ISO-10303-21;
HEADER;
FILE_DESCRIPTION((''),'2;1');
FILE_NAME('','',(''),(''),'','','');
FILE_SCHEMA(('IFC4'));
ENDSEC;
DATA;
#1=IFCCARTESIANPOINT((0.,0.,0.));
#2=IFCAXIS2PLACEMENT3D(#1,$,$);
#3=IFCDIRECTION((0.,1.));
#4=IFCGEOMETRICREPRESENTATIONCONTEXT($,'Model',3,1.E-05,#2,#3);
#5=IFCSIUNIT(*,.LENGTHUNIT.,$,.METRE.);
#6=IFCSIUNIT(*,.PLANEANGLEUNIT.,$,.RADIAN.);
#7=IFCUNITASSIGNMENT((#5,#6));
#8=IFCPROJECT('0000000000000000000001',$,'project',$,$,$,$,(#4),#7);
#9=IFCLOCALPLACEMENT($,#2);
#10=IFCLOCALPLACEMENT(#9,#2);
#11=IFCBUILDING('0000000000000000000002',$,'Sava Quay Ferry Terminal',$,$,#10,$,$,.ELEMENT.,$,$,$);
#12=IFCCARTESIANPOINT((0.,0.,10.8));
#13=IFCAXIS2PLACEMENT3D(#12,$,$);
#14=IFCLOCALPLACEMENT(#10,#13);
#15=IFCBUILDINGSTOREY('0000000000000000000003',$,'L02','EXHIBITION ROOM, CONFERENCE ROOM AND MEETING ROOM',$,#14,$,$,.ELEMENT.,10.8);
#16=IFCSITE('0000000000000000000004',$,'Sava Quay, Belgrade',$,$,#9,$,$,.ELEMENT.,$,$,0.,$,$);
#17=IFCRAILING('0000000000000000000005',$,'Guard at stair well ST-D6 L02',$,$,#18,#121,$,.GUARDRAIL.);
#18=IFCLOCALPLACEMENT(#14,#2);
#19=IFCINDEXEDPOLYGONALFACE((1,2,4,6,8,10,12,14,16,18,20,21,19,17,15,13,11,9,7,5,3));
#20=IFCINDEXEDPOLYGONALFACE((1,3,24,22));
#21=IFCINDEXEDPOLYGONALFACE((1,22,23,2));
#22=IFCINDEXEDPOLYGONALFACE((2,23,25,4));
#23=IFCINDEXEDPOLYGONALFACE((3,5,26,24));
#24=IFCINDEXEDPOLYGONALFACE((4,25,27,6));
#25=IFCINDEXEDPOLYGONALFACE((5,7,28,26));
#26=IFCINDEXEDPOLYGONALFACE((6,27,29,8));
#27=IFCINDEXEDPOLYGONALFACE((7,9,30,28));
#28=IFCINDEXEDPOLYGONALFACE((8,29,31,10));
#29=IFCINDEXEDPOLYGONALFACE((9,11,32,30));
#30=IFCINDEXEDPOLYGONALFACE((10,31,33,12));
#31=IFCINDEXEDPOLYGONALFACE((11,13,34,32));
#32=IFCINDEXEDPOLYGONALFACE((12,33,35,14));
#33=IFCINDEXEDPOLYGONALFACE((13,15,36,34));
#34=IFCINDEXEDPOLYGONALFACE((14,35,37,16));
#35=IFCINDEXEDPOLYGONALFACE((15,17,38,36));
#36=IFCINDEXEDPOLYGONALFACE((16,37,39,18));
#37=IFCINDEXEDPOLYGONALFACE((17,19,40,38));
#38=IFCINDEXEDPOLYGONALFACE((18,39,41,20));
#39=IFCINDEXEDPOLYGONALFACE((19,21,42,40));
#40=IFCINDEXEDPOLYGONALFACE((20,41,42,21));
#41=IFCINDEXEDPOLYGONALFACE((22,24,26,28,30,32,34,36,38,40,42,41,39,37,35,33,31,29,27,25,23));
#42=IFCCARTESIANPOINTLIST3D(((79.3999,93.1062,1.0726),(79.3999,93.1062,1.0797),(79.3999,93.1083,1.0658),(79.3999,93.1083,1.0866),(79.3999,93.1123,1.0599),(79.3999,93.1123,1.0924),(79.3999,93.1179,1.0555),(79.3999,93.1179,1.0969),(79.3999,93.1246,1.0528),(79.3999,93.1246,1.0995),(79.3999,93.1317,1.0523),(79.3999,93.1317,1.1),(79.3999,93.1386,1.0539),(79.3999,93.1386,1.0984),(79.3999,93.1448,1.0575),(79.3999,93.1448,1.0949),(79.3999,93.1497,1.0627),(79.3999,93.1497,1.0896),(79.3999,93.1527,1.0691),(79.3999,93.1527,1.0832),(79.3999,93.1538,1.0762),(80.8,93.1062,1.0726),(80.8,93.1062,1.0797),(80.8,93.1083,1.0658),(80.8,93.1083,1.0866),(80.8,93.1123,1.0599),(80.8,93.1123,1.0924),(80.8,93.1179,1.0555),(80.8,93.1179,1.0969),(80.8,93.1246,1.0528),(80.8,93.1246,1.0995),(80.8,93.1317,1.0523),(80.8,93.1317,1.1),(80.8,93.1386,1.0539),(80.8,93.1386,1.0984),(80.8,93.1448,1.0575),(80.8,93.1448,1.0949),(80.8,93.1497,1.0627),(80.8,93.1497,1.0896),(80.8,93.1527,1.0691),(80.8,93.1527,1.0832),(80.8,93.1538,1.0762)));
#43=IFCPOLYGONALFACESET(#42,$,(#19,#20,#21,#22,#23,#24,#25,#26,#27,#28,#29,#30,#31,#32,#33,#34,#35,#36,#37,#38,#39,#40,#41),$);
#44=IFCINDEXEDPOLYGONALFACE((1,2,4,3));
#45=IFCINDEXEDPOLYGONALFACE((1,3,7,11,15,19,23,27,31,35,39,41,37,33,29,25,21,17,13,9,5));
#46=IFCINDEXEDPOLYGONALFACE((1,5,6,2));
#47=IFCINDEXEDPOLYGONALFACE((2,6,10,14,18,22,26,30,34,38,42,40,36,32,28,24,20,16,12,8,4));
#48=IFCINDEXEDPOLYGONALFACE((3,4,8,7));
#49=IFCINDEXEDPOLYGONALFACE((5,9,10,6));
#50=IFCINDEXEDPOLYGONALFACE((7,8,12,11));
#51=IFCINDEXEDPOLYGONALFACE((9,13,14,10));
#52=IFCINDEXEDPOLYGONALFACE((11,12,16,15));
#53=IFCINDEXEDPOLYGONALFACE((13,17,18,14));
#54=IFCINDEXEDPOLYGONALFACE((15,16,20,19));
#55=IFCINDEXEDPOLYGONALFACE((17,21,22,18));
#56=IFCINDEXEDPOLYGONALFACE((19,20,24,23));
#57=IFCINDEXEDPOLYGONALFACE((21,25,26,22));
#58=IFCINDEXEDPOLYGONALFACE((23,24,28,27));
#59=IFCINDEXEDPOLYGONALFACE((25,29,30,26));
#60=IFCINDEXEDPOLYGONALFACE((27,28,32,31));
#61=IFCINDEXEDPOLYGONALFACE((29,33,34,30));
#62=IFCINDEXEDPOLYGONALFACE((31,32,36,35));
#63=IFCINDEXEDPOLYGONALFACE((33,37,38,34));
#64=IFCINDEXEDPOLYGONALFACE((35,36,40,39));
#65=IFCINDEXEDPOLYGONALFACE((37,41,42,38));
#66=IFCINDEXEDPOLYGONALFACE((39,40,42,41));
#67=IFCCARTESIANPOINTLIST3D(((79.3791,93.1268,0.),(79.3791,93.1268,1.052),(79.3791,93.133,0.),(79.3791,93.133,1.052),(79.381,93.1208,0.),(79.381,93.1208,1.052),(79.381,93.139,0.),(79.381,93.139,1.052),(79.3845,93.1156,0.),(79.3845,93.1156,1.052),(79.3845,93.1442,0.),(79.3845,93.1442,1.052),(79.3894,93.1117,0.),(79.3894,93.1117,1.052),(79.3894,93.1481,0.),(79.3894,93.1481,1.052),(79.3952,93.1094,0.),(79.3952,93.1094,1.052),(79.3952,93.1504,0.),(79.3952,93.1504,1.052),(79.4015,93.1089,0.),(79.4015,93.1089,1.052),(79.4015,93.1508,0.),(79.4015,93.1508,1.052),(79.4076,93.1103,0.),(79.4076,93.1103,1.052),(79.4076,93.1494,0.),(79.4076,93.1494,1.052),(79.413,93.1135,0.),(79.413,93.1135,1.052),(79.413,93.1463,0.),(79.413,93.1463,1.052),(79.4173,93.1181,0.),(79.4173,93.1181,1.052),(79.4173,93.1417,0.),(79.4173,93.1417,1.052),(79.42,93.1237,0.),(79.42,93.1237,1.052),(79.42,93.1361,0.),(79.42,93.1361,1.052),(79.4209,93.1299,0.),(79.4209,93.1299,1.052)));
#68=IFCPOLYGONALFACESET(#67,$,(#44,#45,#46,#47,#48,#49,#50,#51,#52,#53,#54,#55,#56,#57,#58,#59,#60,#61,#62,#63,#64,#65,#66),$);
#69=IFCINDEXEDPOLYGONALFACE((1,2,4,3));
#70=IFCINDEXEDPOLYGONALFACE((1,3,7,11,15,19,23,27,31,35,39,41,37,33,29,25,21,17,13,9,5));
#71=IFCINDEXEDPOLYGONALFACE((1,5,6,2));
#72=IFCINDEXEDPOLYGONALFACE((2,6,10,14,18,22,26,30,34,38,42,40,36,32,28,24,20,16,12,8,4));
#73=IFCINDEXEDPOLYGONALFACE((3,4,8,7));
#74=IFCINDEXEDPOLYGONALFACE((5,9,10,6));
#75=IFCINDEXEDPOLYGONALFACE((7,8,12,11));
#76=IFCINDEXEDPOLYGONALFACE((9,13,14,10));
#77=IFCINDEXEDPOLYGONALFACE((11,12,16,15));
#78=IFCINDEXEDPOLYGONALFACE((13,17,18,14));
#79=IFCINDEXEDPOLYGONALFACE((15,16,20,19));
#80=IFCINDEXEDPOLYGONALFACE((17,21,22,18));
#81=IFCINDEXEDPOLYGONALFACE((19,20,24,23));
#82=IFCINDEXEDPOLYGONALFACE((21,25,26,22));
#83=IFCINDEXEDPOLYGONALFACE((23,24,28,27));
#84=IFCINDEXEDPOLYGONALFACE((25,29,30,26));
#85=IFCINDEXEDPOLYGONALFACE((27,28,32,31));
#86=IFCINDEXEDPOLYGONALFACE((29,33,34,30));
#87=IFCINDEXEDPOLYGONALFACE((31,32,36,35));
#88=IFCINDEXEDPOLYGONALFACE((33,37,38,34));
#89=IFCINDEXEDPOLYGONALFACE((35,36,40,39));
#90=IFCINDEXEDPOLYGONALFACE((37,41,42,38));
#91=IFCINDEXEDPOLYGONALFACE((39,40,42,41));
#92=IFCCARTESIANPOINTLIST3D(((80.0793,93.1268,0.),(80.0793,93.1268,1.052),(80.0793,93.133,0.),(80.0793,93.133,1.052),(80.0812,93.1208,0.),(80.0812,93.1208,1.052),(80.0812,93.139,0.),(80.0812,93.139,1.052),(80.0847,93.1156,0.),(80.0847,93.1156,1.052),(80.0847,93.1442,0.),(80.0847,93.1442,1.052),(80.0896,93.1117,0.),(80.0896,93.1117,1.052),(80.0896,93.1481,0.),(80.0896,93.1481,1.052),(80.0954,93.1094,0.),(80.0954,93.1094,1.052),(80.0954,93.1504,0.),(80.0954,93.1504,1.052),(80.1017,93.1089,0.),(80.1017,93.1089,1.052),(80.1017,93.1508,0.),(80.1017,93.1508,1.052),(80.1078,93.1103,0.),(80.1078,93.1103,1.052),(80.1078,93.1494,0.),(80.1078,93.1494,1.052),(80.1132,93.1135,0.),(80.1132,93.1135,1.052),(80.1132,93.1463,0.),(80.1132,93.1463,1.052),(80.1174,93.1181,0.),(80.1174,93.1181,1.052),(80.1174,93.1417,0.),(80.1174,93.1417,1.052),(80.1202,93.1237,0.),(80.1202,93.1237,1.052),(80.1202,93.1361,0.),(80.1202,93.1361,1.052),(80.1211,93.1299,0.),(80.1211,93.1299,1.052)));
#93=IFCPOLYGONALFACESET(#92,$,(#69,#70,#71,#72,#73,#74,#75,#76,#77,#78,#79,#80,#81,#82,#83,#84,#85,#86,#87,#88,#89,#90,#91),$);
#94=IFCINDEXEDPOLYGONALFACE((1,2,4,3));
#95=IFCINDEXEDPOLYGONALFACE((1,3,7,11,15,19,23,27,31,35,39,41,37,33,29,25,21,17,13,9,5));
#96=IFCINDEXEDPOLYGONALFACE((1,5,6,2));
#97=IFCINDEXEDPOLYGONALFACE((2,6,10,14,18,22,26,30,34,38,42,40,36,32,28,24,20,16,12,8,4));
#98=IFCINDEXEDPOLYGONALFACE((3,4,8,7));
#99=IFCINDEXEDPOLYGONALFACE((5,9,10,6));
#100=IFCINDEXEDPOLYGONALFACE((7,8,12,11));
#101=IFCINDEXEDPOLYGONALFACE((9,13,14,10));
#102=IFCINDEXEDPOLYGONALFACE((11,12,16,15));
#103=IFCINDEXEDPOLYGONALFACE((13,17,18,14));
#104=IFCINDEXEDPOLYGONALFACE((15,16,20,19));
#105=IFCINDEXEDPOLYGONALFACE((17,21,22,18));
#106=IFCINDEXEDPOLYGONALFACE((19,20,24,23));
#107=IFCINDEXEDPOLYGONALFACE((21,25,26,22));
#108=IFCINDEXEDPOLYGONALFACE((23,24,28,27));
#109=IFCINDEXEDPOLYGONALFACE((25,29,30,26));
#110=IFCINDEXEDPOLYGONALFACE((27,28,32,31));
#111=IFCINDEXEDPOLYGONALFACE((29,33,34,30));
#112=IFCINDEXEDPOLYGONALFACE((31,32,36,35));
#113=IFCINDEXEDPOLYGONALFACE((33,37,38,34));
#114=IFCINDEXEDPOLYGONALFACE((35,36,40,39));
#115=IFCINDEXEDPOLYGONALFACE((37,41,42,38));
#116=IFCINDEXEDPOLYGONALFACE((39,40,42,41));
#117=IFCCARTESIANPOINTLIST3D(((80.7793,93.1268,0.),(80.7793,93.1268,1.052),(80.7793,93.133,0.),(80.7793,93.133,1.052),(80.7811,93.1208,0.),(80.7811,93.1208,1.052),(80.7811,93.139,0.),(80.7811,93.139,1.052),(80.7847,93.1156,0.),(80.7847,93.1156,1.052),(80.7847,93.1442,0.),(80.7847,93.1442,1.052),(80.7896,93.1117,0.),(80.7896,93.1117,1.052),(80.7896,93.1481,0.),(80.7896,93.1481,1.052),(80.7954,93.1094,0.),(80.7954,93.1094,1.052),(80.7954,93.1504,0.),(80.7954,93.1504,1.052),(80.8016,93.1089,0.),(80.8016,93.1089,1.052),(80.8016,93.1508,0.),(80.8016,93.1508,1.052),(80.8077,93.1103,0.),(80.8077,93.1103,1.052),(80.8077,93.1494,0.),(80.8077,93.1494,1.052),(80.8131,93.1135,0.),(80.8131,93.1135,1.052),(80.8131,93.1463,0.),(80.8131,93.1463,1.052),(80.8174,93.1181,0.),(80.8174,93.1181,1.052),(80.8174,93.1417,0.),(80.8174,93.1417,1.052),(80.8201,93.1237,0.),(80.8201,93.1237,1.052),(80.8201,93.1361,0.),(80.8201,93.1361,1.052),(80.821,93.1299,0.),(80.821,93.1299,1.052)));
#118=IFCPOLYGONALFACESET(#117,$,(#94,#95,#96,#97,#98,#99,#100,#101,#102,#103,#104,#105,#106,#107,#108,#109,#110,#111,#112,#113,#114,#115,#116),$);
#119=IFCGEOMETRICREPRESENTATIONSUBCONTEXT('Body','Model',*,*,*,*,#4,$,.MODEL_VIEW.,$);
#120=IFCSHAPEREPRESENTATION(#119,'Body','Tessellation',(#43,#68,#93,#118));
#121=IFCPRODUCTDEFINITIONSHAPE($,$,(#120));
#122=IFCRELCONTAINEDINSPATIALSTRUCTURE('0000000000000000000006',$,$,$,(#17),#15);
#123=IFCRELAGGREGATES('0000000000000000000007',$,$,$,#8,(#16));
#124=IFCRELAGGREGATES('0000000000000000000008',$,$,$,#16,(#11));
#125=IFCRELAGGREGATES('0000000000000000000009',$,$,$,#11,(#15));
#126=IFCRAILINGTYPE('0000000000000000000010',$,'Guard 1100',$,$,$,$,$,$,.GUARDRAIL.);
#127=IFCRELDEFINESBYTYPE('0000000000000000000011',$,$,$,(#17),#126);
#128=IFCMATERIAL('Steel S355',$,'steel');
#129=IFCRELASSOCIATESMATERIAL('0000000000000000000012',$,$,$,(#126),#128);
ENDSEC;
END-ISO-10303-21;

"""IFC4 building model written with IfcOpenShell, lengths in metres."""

from ifc_helpers import new_model, si_unit, direction, frame, origin, origin_2d, place, context, subcontext, project, spatial, circle, extrude, material, type_object, element, save


model = new_model("IFC4")

# Units and contexts
model_context = context("Model", 3, precision=1e-05, world=origin(), true_north=direction((0.0, 1.0)))
body_context = subcontext(model_context, "Body", "Model", "MODEL_VIEW")
ifc_project = project(units=[si_unit("LENGTHUNIT", "METRE"), si_unit("PLANEANGLEUNIT", "RADIAN")], contexts=[model_context])

# Site, building, storey
site_placement = place(None, origin())
site = spatial("IfcSite", under=ifc_project, at=site_placement, Name="Sava Quay, Belgrade", CompositionType="ELEMENT", RefElevation=0.0)
building_placement = place(site_placement, origin())
building = spatial("IfcBuilding", under=site, at=building_placement, Name="Sava Quay Ferry Terminal", CompositionType="ELEMENT")
storey_placement = place(building_placement, frame((0.0, 0.0, 10.8)))
storey = spatial("IfcBuildingStorey", under=building, at=storey_placement, Name="L02", Description="EXHIBITION ROOM, CONFERENCE ROOM AND MEETING ROOM", CompositionType="ELEMENT", Elevation=10.8)

# Railing
ifc_material_1 = material(Name="Steel S355", Category="steel")
railing_type = type_object("IfcRailingType", Name="Guard 1100", PredefinedType="GUARDRAIL", material=ifc_material_1)
railing_1_placement = place(storey_placement, frame((79.3999, 93.1299, 0.0)))
element("IfcRailing", 1, at=railing_1_placement, inside=storey, type_object=railing_type, Name="Guard at stair well ST-D6 L02", PredefinedType="GUARDRAIL", context=body_context, shape_type="SweptSolid", body=[
    extrude(circle(Radius=0.0239, at=origin_2d()), frame((0.0, 0.0, 1.0762), z_axis=(1.0, 0.0, 0.0), x_axis=(0.0, 1.0, 0.0)), (0.0, 0.0, 1.0), 1.4001),
    extrude(circle(Radius=0.021, at=origin_2d()), origin(), (0.0, 0.0, 1.0), 1.052),
    extrude(circle(Radius=0.021, at=origin_2d()), frame((0.7002, 0.0, 0.0)), (0.0, 0.0, 1.0), 1.052),
    extrude(circle(Radius=0.021, at=origin_2d()), frame((1.4001, 0.0, 0.0)), (0.0, 0.0, 1.0), 1.052),
])

save(model, "model.ifc")
